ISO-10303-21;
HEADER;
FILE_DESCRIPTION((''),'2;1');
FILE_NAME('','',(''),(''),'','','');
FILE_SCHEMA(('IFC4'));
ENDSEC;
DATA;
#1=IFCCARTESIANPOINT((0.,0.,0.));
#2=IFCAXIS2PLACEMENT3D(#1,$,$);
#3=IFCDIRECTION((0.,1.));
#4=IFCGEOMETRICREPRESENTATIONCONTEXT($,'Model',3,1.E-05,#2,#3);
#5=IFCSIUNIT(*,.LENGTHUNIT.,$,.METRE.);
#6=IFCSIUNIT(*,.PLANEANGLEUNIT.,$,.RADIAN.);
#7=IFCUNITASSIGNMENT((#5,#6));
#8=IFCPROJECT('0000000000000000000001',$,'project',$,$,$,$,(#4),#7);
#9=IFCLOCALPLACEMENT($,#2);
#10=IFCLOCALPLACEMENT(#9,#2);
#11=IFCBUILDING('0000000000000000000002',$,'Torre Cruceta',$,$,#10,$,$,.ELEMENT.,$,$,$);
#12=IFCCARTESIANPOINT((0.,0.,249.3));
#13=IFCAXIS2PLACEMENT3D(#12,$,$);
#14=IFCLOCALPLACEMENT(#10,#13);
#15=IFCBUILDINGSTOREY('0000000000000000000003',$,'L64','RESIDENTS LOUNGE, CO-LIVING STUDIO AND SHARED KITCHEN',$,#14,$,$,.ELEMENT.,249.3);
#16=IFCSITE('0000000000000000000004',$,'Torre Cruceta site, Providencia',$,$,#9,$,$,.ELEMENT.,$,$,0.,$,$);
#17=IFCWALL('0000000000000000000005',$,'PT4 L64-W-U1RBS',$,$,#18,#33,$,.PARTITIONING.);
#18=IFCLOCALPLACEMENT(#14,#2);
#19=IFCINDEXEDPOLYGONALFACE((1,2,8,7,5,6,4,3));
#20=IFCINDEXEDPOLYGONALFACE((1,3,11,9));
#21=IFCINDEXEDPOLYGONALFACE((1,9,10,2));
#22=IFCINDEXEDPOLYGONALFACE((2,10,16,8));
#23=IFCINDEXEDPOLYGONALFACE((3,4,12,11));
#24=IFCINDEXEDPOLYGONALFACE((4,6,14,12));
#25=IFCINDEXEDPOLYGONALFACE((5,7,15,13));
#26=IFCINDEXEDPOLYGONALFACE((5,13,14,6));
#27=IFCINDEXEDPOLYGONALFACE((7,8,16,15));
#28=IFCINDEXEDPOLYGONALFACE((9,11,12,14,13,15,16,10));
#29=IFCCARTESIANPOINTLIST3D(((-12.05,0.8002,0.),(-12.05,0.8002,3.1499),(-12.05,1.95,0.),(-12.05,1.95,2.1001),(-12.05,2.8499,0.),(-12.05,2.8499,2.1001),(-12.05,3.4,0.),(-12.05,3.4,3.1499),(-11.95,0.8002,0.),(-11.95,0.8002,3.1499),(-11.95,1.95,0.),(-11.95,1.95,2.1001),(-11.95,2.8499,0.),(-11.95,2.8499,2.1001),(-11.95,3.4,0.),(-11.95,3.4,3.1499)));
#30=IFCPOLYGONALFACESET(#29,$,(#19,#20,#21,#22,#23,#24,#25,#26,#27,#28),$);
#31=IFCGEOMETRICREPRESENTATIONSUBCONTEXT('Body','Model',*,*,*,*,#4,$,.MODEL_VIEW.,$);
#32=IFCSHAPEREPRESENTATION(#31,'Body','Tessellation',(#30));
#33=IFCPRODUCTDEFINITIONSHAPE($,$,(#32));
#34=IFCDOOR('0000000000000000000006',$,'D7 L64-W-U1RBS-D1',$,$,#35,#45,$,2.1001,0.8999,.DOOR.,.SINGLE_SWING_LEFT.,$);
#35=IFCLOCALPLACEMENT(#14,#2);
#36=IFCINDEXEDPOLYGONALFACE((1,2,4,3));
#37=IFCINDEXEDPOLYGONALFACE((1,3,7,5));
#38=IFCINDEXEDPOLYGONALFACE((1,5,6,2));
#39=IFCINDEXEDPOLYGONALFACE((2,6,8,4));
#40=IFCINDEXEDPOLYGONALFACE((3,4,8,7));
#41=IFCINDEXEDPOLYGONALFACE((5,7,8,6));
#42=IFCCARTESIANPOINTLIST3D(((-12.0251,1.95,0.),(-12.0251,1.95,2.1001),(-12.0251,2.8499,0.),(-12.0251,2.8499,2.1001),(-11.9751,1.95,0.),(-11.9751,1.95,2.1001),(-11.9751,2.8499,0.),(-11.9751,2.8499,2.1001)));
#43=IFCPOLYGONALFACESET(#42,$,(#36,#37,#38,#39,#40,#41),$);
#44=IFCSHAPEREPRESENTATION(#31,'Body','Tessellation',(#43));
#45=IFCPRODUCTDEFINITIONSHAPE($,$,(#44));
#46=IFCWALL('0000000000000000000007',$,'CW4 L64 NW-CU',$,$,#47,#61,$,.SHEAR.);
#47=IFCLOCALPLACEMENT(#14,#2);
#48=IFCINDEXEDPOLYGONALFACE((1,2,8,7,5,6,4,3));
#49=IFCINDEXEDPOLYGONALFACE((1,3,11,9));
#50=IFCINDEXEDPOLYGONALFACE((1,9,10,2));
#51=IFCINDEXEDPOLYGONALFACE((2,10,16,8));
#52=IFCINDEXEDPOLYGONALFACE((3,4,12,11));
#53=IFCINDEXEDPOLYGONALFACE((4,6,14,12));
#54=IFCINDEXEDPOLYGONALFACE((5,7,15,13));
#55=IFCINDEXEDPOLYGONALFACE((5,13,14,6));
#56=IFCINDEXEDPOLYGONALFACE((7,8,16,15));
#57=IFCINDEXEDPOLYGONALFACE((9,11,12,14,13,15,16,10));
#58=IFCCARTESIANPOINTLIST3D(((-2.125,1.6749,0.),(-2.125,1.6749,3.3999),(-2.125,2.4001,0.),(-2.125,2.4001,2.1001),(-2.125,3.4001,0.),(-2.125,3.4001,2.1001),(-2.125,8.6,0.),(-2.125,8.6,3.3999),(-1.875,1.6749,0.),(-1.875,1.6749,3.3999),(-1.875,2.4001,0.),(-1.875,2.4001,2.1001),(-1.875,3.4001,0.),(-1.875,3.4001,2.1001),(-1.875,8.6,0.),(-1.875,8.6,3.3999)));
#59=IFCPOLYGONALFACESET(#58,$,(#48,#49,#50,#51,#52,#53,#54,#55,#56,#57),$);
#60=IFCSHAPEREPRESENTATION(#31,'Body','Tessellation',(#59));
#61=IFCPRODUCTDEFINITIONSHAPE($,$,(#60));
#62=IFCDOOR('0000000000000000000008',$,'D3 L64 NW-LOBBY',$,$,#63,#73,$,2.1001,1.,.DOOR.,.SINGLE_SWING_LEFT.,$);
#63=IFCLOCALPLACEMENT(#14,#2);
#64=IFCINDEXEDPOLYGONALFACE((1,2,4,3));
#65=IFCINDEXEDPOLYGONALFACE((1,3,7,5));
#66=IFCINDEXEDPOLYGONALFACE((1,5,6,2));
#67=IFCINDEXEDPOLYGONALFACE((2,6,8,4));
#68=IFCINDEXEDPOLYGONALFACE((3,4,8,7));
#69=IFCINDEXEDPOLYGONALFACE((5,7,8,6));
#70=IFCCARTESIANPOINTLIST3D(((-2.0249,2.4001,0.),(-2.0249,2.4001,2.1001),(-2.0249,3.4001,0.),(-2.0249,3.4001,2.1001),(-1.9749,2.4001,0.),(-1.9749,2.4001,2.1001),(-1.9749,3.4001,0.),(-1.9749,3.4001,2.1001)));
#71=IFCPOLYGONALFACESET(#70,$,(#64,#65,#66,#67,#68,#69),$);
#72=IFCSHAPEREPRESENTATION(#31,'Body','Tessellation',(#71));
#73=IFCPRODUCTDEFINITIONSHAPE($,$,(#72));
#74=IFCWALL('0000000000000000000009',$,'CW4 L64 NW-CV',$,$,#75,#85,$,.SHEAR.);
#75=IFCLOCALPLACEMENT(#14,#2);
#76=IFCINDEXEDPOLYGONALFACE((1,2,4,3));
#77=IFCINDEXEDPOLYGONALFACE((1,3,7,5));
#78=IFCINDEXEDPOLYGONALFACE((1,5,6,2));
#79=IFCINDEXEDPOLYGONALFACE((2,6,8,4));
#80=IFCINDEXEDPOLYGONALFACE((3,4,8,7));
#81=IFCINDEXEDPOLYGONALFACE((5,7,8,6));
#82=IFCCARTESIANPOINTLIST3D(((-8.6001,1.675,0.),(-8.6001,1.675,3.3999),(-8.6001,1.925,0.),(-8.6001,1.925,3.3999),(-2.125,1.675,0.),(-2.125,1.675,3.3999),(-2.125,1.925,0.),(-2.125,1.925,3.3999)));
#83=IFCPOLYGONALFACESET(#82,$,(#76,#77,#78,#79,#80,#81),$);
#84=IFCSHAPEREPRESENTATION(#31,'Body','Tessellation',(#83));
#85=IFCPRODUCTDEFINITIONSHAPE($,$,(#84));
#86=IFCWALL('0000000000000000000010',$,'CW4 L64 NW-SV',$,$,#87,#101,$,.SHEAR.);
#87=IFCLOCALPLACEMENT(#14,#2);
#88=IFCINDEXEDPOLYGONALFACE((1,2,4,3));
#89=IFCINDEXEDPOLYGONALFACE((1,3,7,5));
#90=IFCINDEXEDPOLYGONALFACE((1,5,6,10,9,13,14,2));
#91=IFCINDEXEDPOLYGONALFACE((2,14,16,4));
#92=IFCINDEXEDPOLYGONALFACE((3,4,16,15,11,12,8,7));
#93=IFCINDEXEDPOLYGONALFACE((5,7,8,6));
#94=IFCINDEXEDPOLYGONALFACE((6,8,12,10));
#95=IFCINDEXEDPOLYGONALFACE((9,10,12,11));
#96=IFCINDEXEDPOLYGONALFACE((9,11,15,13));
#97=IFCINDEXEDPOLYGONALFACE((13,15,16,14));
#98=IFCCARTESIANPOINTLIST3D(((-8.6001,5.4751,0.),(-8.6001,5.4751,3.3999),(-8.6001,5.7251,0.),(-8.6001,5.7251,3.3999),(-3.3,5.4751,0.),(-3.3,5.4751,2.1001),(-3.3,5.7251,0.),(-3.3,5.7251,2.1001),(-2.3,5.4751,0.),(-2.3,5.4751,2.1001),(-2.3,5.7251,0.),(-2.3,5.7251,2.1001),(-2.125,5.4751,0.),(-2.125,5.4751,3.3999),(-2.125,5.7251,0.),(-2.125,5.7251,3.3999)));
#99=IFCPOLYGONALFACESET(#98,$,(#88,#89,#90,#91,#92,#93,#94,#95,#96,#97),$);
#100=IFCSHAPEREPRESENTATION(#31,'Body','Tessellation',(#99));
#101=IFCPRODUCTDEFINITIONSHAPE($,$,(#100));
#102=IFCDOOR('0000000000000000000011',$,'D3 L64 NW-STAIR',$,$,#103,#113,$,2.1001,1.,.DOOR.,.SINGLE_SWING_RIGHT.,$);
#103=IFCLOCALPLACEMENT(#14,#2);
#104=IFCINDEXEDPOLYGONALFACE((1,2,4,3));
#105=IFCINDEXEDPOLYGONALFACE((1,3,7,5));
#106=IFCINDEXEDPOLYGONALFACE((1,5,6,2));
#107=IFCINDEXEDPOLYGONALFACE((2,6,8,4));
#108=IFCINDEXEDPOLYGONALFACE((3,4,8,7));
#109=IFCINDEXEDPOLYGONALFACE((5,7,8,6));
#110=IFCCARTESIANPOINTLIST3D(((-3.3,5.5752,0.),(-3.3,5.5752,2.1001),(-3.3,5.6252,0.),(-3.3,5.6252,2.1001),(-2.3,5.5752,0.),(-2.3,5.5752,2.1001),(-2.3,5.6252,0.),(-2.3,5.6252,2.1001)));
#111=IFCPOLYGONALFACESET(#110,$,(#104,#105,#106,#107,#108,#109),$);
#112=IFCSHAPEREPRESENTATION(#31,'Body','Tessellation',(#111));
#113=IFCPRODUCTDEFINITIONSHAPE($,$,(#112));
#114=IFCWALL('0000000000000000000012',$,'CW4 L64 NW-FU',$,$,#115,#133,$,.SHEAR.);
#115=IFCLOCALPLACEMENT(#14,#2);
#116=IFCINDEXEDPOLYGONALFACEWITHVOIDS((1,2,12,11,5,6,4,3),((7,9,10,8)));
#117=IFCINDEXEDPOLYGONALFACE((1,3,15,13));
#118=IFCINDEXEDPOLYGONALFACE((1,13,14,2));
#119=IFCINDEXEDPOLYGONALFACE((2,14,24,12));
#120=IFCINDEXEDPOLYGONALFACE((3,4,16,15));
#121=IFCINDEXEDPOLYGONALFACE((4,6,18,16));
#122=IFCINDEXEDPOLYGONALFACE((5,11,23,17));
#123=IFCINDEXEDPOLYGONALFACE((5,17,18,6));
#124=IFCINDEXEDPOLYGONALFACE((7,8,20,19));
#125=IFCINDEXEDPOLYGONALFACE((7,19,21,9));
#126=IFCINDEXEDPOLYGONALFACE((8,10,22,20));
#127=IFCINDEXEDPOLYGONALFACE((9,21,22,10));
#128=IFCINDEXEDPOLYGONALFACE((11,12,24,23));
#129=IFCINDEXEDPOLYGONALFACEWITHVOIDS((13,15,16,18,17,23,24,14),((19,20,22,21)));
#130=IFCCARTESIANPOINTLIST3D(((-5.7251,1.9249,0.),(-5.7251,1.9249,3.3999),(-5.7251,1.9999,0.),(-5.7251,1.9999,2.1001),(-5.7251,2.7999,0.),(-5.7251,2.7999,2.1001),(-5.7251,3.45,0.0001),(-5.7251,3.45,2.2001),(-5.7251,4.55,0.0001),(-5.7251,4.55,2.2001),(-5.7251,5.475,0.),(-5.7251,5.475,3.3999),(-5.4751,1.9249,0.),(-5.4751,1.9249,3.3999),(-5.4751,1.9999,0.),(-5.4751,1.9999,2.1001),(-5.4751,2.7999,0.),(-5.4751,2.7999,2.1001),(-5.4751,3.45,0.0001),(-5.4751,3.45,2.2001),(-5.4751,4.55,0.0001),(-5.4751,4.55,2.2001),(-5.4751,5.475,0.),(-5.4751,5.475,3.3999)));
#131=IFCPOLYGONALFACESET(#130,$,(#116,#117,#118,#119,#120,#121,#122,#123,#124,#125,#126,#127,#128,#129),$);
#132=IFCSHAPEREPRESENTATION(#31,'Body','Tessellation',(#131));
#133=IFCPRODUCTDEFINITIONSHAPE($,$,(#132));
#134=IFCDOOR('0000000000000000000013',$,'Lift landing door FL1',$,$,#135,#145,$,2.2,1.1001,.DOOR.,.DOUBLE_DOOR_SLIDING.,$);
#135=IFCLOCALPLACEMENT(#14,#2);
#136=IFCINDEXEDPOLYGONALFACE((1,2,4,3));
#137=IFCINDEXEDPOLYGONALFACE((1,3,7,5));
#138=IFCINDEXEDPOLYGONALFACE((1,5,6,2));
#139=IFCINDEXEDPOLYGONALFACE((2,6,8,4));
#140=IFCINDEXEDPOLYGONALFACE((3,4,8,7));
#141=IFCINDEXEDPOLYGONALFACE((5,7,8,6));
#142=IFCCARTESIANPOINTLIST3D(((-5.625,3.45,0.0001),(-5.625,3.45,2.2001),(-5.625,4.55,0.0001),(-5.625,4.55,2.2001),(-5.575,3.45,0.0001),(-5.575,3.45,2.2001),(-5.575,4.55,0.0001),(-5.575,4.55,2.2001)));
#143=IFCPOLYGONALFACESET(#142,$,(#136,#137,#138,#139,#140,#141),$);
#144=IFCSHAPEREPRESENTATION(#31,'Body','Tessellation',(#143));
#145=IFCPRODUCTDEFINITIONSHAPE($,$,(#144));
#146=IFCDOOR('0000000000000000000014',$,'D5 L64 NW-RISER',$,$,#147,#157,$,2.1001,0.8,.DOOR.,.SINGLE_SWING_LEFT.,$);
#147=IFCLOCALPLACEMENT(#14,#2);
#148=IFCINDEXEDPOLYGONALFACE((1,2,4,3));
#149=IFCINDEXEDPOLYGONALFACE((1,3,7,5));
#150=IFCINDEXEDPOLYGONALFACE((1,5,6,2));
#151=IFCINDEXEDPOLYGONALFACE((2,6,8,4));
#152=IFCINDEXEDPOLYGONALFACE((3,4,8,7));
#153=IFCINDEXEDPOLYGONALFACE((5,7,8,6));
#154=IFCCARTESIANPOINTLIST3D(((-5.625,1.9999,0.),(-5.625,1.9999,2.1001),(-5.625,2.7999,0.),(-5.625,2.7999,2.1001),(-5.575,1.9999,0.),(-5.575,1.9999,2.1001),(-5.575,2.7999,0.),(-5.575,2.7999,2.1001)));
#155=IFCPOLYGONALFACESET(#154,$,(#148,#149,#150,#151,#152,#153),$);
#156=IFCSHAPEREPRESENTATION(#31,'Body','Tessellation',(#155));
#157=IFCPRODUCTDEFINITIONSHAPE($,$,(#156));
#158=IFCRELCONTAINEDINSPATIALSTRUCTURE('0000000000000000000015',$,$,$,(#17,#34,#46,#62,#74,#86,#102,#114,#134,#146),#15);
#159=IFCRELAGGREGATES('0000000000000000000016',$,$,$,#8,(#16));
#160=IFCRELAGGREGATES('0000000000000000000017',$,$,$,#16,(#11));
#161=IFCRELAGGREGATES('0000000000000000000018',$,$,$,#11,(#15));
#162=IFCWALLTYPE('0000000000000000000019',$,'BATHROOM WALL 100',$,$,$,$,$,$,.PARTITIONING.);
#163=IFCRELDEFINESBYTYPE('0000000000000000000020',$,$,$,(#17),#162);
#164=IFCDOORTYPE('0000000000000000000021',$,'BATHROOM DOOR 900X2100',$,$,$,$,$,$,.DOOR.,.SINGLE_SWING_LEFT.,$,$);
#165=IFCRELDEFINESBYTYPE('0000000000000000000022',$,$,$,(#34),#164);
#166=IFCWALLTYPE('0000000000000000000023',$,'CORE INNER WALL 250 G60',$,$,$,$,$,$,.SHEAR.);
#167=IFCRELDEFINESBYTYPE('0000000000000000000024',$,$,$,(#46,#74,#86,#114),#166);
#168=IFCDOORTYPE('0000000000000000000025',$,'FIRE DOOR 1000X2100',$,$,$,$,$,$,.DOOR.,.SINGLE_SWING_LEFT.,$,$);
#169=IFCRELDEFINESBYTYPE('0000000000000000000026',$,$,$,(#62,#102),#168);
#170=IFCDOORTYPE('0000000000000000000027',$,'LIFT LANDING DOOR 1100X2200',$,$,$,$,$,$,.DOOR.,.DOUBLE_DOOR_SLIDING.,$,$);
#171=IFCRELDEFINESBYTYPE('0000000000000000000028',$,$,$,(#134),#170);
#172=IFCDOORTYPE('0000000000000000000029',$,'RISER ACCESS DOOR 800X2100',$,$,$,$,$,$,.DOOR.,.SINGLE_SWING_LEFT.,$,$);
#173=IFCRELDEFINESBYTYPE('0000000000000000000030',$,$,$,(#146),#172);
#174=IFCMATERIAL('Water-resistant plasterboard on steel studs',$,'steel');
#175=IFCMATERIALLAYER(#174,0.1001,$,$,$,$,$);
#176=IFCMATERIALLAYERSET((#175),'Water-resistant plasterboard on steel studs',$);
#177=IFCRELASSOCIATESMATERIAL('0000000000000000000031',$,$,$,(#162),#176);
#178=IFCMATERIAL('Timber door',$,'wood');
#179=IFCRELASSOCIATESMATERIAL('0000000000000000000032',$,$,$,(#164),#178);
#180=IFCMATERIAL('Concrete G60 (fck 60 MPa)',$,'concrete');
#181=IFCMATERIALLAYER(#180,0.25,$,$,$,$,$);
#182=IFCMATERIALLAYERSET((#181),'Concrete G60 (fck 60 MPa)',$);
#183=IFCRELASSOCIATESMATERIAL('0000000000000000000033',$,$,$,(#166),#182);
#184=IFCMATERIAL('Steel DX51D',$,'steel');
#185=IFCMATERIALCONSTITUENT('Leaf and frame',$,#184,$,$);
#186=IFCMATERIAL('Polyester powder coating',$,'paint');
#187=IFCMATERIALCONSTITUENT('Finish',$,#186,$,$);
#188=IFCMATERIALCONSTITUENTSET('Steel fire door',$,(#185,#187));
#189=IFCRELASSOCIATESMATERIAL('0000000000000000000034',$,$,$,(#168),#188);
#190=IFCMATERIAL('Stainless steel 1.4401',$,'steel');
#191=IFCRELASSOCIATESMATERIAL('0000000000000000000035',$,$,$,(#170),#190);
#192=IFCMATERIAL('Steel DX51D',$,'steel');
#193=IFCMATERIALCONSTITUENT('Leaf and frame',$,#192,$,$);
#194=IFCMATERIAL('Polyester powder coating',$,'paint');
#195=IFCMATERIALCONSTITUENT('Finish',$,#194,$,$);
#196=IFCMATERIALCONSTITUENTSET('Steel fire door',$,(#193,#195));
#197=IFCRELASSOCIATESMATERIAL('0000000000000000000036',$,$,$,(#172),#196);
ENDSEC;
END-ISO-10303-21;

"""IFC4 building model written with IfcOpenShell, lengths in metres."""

from ifc_helpers import new_model, si_unit, direction, frame, frame_2d, origin, place, context, subcontext, project, spatial, rectangle, extrude, material, layer, layer_set, constituent, constituent_set, type_object, element, fill, save


model = new_model("IFC4")

# Units and contexts
model_context = context("Model", 3, precision=1e-05, world=origin(), true_north=direction((0.0, 1.0)))
body_context = subcontext(model_context, "Body", "Model", "MODEL_VIEW")
ifc_project = project(units=[si_unit("LENGTHUNIT", "METRE"), si_unit("PLANEANGLEUNIT", "RADIAN")], contexts=[model_context])

# Site, building, storey
site_placement = place(None, origin())
site = spatial("IfcSite", under=ifc_project, at=site_placement, Name="Torre Cruceta site, Providencia", CompositionType="ELEMENT", RefElevation=0.0)
building_placement = place(site_placement, origin())
building = spatial("IfcBuilding", under=site, at=building_placement, Name="Torre Cruceta", CompositionType="ELEMENT")
storey_placement = place(building_placement, frame((0.0, 0.0, 249.3)))
storey = spatial("IfcBuildingStorey", under=building, at=storey_placement, Name="L64", Description="RESIDENTS LOUNGE, CO-LIVING STUDIO AND SHARED KITCHEN", CompositionType="ELEMENT", Elevation=249.3)

# Shared definitions
ifc_material_1 = material(Name="Water-resistant plasterboard on steel studs", Category="steel")
ifc_layer_1 = layer(ifc_material_1, 0.1001)
ifc_layer_set_1 = layer_set([ifc_layer_1], Name="Water-resistant plasterboard on steel studs")
wall_type_1 = type_object("IfcWallType", Name="BATHROOM WALL 100", PredefinedType="PARTITIONING", material=ifc_layer_set_1)

# Walls, openings, doors
wall_1_placement = place(storey_placement, frame((-12.0, 3.3999, 0.0), z_axis=(0.0, 0.0, 1.0), x_axis=(0.0, -1.0, 0.0)))
wall_1 = element("IfcWall", 1, at=wall_1_placement, inside=storey, type_object=wall_type_1, Name="PT4 L64-W-U1RBS", PredefinedType="PARTITIONING", context=body_context, shape_type="SweptSolid", body=[
    extrude(rectangle(XDim=2.5999, YDim=0.1001, at=frame_2d((1.2998, 0.0))), origin(), (0.0, 0.0, 1.0), 3.1499),
])
opening_1_placement = place(wall_1_placement, frame((0.55, 0.0, 0.0)))
opening_1 = element("IfcOpeningElement", 2, at=opening_1_placement, cuts=wall_1, PredefinedType="OPENING", context=body_context, shape_type="SweptSolid", body=[
    extrude(rectangle(XDim=0.8999, YDim=2.1001, at=frame_2d((0.45, 1.05))), frame((0.0, 0.0601, 0.0), z_axis=(0.0, -1.0, 0.0), x_axis=(1.0, 0.0, 0.0)), (0.0, 0.0, 1.0), 0.1201),
])
ifc_material_2 = material(Name="Timber door", Category="wood")
door_type_1 = type_object("IfcDoorType", Name="BATHROOM DOOR 900X2100", OperationType="SINGLE_SWING_LEFT", PredefinedType="DOOR", material=ifc_material_2)
door_1_placement = place(opening_1_placement, origin())
door_1 = element("IfcDoor", 3, at=door_1_placement, inside=storey, type_object=door_type_1, Name="D7 L64-W-U1RBS-D1", OperationType="SINGLE_SWING_LEFT", OverallHeight=2.1001, OverallWidth=0.8999, PredefinedType="DOOR", context=body_context, shape_type="SweptSolid", body=[
    extrude(rectangle(XDim=0.8999, YDim=2.1001, at=frame_2d((0.45, 1.05))), frame((0.0, 0.0249, 0.0), z_axis=(0.0, -1.0, 0.0), x_axis=(1.0, 0.0, 0.0)), (0.0, 0.0, 1.0), 0.05),
])
fill(opening_1, door_1)
ifc_material_3 = material(Name="Concrete G60 (fck 60 MPa)", Category="concrete")
ifc_layer_2 = layer(ifc_material_3, 0.25)
ifc_layer_set_2 = layer_set([ifc_layer_2], Name="Concrete G60 (fck 60 MPa)")
wall_type_2 = type_object("IfcWallType", Name="CORE INNER WALL 250 G60", PredefinedType="SHEAR", material=ifc_layer_set_2)
wall_2_placement = place(storey_placement, frame((-2.0, 1.675, 0.0), z_axis=(0.0, 0.0, 1.0), x_axis=(0.0, 1.0, 0.0)))
wall_2 = element("IfcWall", 4, at=wall_2_placement, inside=storey, type_object=wall_type_2, Name="CW4 L64 NW-CU", PredefinedType="SHEAR", context=body_context, shape_type="SweptSolid", body=[
    extrude(rectangle(XDim=6.925, YDim=0.25, at=frame_2d((3.4624, 0.0))), origin(), (0.0, 0.0, 1.0), 3.3999),
])
opening_2_placement = place(wall_2_placement, frame((0.7251, 0.0, 0.0)))
opening_2 = element("IfcOpeningElement", 5, at=opening_2_placement, cuts=wall_2, PredefinedType="OPENING", context=body_context, shape_type="SweptSolid", body=[
    extrude(rectangle(XDim=1.0, YDim=2.1001, at=frame_2d((0.5, 1.05))), frame((0.0, 0.135, 0.0), z_axis=(0.0, -1.0, 0.0), x_axis=(1.0, 0.0, 0.0)), (0.0, 0.0, 1.0), 0.27),
])
ifc_material_4 = material(Name="Steel DX51D", Category="steel")
ifc_constituent_1 = constituent(ifc_material_4, Name="Leaf and frame")
ifc_material_5 = material(Name="Polyester powder coating", Category="paint")
ifc_constituent_2 = constituent(ifc_material_5, Name="Finish")
ifc_constituent_set_1 = constituent_set(constituents=[ifc_constituent_1, ifc_constituent_2], Name="Steel fire door")
door_type_2 = type_object("IfcDoorType", Name="FIRE DOOR 1000X2100", OperationType="SINGLE_SWING_LEFT", PredefinedType="DOOR", material=ifc_constituent_set_1)
door_2_placement = place(opening_2_placement, origin())
door_2 = element("IfcDoor", 6, at=door_2_placement, inside=storey, type_object=door_type_2, Name="D3 L64 NW-LOBBY", OperationType="SINGLE_SWING_LEFT", OverallHeight=2.1001, OverallWidth=1.0, PredefinedType="DOOR", context=body_context, shape_type="SweptSolid", body=[
    extrude(rectangle(XDim=1.0, YDim=2.1001, at=frame_2d((0.5, 1.05))), frame((0.0, 0.0249, 0.0), z_axis=(0.0, -1.0, 0.0), x_axis=(1.0, 0.0, 0.0)), (0.0, 0.0, 1.0), 0.05),
])
fill(opening_2, door_2)

# Wall
wall_3_placement = place(storey_placement, frame((-2.125, 1.8, 0.0), z_axis=(0.0, 0.0, 1.0), x_axis=(-1.0, 0.0, 0.0)))
element("IfcWall", 7, at=wall_3_placement, inside=storey, type_object=wall_type_2, Name="CW4 L64 NW-CV", PredefinedType="SHEAR", context=body_context, shape_type="SweptSolid", body=[
    extrude(rectangle(XDim=6.4751, YDim=0.25, at=frame_2d((3.2375, 0.0))), origin(), (0.0, 0.0, 1.0), 3.3999),
])

# Wall, opening, door
wall_4_placement = place(storey_placement, frame((-2.125, 5.6001, 0.0), z_axis=(0.0, 0.0, 1.0), x_axis=(-1.0, 0.0, 0.0)))
wall_4 = element("IfcWall", 8, at=wall_4_placement, inside=storey, type_object=wall_type_2, Name="CW4 L64 NW-SV", PredefinedType="SHEAR", context=body_context, shape_type="SweptSolid", body=[
    extrude(rectangle(XDim=6.4751, YDim=0.25, at=frame_2d((3.2375, 0.0))), origin(), (0.0, 0.0, 1.0), 3.3999),
])
opening_3_placement = place(wall_4_placement, frame((0.175, 0.0, 0.0)))
opening_3 = element("IfcOpeningElement", 9, at=opening_3_placement, cuts=wall_4, PredefinedType="OPENING", context=body_context, shape_type="SweptSolid", body=[
    extrude(rectangle(XDim=1.0, YDim=2.1001, at=frame_2d((0.5, 1.05))), frame((0.0, 0.135, 0.0), z_axis=(0.0, -1.0, 0.0), x_axis=(1.0, 0.0, 0.0)), (0.0, 0.0, 1.0), 0.27),
])
door_3_placement = place(opening_3_placement, frame((1.0, 0.0, 0.0), z_axis=(0.0, 0.0, 1.0), x_axis=(-1.0, 0.0, 0.0)))
door_3 = element("IfcDoor", 10, at=door_3_placement, inside=storey, type_object=door_type_2, Name="D3 L64 NW-STAIR", OperationType="SINGLE_SWING_RIGHT", OverallHeight=2.1001, OverallWidth=1.0, PredefinedType="DOOR", context=body_context, shape_type="SweptSolid", body=[
    extrude(rectangle(XDim=1.0, YDim=2.1001, at=frame_2d((0.5, 1.05))), frame((0.0, 0.0251, 0.0), z_axis=(0.0, -1.0, 0.0), x_axis=(1.0, 0.0, 0.0)), (0.0, 0.0, 1.0), 0.05),
])
fill(opening_3, door_3)

# Wall, openings, doors
wall_5_placement = place(storey_placement, frame((-5.6001, 1.925, 0.0), z_axis=(0.0, 0.0, 1.0), x_axis=(0.0, 1.0, 0.0)))
wall_5 = element("IfcWall", 11, at=wall_5_placement, inside=storey, type_object=wall_type_2, Name="CW4 L64 NW-FU", PredefinedType="SHEAR", context=body_context, shape_type="SweptSolid", body=[
    extrude(rectangle(XDim=3.55, YDim=0.25, at=frame_2d((1.7749, 0.0))), origin(), (0.0, 0.0, 1.0), 3.3999),
])
opening_4_placement = place(wall_5_placement, frame((1.5249, 0.0, 0.0)))
opening_4 = element("IfcOpeningElement", 12, at=opening_4_placement, cuts=wall_5, PredefinedType="OPENING", context=body_context, shape_type="SweptSolid", body=[
    extrude(rectangle(XDim=1.1001, YDim=2.2, at=frame_2d((0.55, 1.1001))), frame((0.0, 0.135, 0.0), z_axis=(0.0, -1.0, 0.0), x_axis=(1.0, 0.0, 0.0)), (0.0, 0.0, 1.0), 0.27),
])
opening_5_placement = place(wall_5_placement, frame((0.075, 0.0, 0.0)))
opening_5 = element("IfcOpeningElement", 13, at=opening_5_placement, cuts=wall_5, PredefinedType="OPENING", context=body_context, shape_type="SweptSolid", body=[
    extrude(rectangle(XDim=0.8, YDim=2.1001, at=frame_2d((0.3999, 1.05))), frame((0.0, 0.135, 0.0), z_axis=(0.0, -1.0, 0.0), x_axis=(1.0, 0.0, 0.0)), (0.0, 0.0, 1.0), 0.27),
])
ifc_material_6 = material(Name="Stainless steel 1.4401", Category="steel")
door_type_3 = type_object("IfcDoorType", Name="LIFT LANDING DOOR 1100X2200", OperationType="DOUBLE_DOOR_SLIDING", PredefinedType="DOOR", material=ifc_material_6)
door_4_placement = place(opening_4_placement, origin())
door_4 = element("IfcDoor", 14, at=door_4_placement, inside=storey, type_object=door_type_3, Name="Lift landing door FL1", OperationType="DOUBLE_DOOR_SLIDING", OverallHeight=2.2, OverallWidth=1.1001, PredefinedType="DOOR", context=body_context, shape_type="SweptSolid", body=[
    extrude(rectangle(XDim=1.1001, YDim=2.2, at=frame_2d((0.55, 1.1001))), frame((0.0, 0.0249, 0.0), z_axis=(0.0, -1.0, 0.0), x_axis=(1.0, 0.0, 0.0)), (0.0, 0.0, 1.0), 0.05),
])
fill(opening_4, door_4)
ifc_material_7 = material(Name="Steel DX51D", Category="steel")
ifc_constituent_3 = constituent(ifc_material_7, Name="Leaf and frame")
ifc_material_8 = material(Name="Polyester powder coating", Category="paint")
ifc_constituent_4 = constituent(ifc_material_8, Name="Finish")
ifc_constituent_set_2 = constituent_set(constituents=[ifc_constituent_3, ifc_constituent_4], Name="Steel fire door")
door_type_4 = type_object("IfcDoorType", Name="RISER ACCESS DOOR 800X2100", OperationType="SINGLE_SWING_LEFT", PredefinedType="DOOR", material=ifc_constituent_set_2)
door_5_placement = place(opening_5_placement, origin())
door_5 = element("IfcDoor", 15, at=door_5_placement, inside=storey, type_object=door_type_4, Name="D5 L64 NW-RISER", OperationType="SINGLE_SWING_LEFT", OverallHeight=2.1001, OverallWidth=0.8, PredefinedType="DOOR", context=body_context, shape_type="SweptSolid", body=[
    extrude(rectangle(XDim=0.8, YDim=2.1001, at=frame_2d((0.3999, 1.05))), frame((0.0, 0.0249, 0.0), z_axis=(0.0, -1.0, 0.0), x_axis=(1.0, 0.0, 0.0)), (0.0, 0.0, 1.0), 0.05),
])
fill(opening_5, door_5)

save(model, "model.ifc")
